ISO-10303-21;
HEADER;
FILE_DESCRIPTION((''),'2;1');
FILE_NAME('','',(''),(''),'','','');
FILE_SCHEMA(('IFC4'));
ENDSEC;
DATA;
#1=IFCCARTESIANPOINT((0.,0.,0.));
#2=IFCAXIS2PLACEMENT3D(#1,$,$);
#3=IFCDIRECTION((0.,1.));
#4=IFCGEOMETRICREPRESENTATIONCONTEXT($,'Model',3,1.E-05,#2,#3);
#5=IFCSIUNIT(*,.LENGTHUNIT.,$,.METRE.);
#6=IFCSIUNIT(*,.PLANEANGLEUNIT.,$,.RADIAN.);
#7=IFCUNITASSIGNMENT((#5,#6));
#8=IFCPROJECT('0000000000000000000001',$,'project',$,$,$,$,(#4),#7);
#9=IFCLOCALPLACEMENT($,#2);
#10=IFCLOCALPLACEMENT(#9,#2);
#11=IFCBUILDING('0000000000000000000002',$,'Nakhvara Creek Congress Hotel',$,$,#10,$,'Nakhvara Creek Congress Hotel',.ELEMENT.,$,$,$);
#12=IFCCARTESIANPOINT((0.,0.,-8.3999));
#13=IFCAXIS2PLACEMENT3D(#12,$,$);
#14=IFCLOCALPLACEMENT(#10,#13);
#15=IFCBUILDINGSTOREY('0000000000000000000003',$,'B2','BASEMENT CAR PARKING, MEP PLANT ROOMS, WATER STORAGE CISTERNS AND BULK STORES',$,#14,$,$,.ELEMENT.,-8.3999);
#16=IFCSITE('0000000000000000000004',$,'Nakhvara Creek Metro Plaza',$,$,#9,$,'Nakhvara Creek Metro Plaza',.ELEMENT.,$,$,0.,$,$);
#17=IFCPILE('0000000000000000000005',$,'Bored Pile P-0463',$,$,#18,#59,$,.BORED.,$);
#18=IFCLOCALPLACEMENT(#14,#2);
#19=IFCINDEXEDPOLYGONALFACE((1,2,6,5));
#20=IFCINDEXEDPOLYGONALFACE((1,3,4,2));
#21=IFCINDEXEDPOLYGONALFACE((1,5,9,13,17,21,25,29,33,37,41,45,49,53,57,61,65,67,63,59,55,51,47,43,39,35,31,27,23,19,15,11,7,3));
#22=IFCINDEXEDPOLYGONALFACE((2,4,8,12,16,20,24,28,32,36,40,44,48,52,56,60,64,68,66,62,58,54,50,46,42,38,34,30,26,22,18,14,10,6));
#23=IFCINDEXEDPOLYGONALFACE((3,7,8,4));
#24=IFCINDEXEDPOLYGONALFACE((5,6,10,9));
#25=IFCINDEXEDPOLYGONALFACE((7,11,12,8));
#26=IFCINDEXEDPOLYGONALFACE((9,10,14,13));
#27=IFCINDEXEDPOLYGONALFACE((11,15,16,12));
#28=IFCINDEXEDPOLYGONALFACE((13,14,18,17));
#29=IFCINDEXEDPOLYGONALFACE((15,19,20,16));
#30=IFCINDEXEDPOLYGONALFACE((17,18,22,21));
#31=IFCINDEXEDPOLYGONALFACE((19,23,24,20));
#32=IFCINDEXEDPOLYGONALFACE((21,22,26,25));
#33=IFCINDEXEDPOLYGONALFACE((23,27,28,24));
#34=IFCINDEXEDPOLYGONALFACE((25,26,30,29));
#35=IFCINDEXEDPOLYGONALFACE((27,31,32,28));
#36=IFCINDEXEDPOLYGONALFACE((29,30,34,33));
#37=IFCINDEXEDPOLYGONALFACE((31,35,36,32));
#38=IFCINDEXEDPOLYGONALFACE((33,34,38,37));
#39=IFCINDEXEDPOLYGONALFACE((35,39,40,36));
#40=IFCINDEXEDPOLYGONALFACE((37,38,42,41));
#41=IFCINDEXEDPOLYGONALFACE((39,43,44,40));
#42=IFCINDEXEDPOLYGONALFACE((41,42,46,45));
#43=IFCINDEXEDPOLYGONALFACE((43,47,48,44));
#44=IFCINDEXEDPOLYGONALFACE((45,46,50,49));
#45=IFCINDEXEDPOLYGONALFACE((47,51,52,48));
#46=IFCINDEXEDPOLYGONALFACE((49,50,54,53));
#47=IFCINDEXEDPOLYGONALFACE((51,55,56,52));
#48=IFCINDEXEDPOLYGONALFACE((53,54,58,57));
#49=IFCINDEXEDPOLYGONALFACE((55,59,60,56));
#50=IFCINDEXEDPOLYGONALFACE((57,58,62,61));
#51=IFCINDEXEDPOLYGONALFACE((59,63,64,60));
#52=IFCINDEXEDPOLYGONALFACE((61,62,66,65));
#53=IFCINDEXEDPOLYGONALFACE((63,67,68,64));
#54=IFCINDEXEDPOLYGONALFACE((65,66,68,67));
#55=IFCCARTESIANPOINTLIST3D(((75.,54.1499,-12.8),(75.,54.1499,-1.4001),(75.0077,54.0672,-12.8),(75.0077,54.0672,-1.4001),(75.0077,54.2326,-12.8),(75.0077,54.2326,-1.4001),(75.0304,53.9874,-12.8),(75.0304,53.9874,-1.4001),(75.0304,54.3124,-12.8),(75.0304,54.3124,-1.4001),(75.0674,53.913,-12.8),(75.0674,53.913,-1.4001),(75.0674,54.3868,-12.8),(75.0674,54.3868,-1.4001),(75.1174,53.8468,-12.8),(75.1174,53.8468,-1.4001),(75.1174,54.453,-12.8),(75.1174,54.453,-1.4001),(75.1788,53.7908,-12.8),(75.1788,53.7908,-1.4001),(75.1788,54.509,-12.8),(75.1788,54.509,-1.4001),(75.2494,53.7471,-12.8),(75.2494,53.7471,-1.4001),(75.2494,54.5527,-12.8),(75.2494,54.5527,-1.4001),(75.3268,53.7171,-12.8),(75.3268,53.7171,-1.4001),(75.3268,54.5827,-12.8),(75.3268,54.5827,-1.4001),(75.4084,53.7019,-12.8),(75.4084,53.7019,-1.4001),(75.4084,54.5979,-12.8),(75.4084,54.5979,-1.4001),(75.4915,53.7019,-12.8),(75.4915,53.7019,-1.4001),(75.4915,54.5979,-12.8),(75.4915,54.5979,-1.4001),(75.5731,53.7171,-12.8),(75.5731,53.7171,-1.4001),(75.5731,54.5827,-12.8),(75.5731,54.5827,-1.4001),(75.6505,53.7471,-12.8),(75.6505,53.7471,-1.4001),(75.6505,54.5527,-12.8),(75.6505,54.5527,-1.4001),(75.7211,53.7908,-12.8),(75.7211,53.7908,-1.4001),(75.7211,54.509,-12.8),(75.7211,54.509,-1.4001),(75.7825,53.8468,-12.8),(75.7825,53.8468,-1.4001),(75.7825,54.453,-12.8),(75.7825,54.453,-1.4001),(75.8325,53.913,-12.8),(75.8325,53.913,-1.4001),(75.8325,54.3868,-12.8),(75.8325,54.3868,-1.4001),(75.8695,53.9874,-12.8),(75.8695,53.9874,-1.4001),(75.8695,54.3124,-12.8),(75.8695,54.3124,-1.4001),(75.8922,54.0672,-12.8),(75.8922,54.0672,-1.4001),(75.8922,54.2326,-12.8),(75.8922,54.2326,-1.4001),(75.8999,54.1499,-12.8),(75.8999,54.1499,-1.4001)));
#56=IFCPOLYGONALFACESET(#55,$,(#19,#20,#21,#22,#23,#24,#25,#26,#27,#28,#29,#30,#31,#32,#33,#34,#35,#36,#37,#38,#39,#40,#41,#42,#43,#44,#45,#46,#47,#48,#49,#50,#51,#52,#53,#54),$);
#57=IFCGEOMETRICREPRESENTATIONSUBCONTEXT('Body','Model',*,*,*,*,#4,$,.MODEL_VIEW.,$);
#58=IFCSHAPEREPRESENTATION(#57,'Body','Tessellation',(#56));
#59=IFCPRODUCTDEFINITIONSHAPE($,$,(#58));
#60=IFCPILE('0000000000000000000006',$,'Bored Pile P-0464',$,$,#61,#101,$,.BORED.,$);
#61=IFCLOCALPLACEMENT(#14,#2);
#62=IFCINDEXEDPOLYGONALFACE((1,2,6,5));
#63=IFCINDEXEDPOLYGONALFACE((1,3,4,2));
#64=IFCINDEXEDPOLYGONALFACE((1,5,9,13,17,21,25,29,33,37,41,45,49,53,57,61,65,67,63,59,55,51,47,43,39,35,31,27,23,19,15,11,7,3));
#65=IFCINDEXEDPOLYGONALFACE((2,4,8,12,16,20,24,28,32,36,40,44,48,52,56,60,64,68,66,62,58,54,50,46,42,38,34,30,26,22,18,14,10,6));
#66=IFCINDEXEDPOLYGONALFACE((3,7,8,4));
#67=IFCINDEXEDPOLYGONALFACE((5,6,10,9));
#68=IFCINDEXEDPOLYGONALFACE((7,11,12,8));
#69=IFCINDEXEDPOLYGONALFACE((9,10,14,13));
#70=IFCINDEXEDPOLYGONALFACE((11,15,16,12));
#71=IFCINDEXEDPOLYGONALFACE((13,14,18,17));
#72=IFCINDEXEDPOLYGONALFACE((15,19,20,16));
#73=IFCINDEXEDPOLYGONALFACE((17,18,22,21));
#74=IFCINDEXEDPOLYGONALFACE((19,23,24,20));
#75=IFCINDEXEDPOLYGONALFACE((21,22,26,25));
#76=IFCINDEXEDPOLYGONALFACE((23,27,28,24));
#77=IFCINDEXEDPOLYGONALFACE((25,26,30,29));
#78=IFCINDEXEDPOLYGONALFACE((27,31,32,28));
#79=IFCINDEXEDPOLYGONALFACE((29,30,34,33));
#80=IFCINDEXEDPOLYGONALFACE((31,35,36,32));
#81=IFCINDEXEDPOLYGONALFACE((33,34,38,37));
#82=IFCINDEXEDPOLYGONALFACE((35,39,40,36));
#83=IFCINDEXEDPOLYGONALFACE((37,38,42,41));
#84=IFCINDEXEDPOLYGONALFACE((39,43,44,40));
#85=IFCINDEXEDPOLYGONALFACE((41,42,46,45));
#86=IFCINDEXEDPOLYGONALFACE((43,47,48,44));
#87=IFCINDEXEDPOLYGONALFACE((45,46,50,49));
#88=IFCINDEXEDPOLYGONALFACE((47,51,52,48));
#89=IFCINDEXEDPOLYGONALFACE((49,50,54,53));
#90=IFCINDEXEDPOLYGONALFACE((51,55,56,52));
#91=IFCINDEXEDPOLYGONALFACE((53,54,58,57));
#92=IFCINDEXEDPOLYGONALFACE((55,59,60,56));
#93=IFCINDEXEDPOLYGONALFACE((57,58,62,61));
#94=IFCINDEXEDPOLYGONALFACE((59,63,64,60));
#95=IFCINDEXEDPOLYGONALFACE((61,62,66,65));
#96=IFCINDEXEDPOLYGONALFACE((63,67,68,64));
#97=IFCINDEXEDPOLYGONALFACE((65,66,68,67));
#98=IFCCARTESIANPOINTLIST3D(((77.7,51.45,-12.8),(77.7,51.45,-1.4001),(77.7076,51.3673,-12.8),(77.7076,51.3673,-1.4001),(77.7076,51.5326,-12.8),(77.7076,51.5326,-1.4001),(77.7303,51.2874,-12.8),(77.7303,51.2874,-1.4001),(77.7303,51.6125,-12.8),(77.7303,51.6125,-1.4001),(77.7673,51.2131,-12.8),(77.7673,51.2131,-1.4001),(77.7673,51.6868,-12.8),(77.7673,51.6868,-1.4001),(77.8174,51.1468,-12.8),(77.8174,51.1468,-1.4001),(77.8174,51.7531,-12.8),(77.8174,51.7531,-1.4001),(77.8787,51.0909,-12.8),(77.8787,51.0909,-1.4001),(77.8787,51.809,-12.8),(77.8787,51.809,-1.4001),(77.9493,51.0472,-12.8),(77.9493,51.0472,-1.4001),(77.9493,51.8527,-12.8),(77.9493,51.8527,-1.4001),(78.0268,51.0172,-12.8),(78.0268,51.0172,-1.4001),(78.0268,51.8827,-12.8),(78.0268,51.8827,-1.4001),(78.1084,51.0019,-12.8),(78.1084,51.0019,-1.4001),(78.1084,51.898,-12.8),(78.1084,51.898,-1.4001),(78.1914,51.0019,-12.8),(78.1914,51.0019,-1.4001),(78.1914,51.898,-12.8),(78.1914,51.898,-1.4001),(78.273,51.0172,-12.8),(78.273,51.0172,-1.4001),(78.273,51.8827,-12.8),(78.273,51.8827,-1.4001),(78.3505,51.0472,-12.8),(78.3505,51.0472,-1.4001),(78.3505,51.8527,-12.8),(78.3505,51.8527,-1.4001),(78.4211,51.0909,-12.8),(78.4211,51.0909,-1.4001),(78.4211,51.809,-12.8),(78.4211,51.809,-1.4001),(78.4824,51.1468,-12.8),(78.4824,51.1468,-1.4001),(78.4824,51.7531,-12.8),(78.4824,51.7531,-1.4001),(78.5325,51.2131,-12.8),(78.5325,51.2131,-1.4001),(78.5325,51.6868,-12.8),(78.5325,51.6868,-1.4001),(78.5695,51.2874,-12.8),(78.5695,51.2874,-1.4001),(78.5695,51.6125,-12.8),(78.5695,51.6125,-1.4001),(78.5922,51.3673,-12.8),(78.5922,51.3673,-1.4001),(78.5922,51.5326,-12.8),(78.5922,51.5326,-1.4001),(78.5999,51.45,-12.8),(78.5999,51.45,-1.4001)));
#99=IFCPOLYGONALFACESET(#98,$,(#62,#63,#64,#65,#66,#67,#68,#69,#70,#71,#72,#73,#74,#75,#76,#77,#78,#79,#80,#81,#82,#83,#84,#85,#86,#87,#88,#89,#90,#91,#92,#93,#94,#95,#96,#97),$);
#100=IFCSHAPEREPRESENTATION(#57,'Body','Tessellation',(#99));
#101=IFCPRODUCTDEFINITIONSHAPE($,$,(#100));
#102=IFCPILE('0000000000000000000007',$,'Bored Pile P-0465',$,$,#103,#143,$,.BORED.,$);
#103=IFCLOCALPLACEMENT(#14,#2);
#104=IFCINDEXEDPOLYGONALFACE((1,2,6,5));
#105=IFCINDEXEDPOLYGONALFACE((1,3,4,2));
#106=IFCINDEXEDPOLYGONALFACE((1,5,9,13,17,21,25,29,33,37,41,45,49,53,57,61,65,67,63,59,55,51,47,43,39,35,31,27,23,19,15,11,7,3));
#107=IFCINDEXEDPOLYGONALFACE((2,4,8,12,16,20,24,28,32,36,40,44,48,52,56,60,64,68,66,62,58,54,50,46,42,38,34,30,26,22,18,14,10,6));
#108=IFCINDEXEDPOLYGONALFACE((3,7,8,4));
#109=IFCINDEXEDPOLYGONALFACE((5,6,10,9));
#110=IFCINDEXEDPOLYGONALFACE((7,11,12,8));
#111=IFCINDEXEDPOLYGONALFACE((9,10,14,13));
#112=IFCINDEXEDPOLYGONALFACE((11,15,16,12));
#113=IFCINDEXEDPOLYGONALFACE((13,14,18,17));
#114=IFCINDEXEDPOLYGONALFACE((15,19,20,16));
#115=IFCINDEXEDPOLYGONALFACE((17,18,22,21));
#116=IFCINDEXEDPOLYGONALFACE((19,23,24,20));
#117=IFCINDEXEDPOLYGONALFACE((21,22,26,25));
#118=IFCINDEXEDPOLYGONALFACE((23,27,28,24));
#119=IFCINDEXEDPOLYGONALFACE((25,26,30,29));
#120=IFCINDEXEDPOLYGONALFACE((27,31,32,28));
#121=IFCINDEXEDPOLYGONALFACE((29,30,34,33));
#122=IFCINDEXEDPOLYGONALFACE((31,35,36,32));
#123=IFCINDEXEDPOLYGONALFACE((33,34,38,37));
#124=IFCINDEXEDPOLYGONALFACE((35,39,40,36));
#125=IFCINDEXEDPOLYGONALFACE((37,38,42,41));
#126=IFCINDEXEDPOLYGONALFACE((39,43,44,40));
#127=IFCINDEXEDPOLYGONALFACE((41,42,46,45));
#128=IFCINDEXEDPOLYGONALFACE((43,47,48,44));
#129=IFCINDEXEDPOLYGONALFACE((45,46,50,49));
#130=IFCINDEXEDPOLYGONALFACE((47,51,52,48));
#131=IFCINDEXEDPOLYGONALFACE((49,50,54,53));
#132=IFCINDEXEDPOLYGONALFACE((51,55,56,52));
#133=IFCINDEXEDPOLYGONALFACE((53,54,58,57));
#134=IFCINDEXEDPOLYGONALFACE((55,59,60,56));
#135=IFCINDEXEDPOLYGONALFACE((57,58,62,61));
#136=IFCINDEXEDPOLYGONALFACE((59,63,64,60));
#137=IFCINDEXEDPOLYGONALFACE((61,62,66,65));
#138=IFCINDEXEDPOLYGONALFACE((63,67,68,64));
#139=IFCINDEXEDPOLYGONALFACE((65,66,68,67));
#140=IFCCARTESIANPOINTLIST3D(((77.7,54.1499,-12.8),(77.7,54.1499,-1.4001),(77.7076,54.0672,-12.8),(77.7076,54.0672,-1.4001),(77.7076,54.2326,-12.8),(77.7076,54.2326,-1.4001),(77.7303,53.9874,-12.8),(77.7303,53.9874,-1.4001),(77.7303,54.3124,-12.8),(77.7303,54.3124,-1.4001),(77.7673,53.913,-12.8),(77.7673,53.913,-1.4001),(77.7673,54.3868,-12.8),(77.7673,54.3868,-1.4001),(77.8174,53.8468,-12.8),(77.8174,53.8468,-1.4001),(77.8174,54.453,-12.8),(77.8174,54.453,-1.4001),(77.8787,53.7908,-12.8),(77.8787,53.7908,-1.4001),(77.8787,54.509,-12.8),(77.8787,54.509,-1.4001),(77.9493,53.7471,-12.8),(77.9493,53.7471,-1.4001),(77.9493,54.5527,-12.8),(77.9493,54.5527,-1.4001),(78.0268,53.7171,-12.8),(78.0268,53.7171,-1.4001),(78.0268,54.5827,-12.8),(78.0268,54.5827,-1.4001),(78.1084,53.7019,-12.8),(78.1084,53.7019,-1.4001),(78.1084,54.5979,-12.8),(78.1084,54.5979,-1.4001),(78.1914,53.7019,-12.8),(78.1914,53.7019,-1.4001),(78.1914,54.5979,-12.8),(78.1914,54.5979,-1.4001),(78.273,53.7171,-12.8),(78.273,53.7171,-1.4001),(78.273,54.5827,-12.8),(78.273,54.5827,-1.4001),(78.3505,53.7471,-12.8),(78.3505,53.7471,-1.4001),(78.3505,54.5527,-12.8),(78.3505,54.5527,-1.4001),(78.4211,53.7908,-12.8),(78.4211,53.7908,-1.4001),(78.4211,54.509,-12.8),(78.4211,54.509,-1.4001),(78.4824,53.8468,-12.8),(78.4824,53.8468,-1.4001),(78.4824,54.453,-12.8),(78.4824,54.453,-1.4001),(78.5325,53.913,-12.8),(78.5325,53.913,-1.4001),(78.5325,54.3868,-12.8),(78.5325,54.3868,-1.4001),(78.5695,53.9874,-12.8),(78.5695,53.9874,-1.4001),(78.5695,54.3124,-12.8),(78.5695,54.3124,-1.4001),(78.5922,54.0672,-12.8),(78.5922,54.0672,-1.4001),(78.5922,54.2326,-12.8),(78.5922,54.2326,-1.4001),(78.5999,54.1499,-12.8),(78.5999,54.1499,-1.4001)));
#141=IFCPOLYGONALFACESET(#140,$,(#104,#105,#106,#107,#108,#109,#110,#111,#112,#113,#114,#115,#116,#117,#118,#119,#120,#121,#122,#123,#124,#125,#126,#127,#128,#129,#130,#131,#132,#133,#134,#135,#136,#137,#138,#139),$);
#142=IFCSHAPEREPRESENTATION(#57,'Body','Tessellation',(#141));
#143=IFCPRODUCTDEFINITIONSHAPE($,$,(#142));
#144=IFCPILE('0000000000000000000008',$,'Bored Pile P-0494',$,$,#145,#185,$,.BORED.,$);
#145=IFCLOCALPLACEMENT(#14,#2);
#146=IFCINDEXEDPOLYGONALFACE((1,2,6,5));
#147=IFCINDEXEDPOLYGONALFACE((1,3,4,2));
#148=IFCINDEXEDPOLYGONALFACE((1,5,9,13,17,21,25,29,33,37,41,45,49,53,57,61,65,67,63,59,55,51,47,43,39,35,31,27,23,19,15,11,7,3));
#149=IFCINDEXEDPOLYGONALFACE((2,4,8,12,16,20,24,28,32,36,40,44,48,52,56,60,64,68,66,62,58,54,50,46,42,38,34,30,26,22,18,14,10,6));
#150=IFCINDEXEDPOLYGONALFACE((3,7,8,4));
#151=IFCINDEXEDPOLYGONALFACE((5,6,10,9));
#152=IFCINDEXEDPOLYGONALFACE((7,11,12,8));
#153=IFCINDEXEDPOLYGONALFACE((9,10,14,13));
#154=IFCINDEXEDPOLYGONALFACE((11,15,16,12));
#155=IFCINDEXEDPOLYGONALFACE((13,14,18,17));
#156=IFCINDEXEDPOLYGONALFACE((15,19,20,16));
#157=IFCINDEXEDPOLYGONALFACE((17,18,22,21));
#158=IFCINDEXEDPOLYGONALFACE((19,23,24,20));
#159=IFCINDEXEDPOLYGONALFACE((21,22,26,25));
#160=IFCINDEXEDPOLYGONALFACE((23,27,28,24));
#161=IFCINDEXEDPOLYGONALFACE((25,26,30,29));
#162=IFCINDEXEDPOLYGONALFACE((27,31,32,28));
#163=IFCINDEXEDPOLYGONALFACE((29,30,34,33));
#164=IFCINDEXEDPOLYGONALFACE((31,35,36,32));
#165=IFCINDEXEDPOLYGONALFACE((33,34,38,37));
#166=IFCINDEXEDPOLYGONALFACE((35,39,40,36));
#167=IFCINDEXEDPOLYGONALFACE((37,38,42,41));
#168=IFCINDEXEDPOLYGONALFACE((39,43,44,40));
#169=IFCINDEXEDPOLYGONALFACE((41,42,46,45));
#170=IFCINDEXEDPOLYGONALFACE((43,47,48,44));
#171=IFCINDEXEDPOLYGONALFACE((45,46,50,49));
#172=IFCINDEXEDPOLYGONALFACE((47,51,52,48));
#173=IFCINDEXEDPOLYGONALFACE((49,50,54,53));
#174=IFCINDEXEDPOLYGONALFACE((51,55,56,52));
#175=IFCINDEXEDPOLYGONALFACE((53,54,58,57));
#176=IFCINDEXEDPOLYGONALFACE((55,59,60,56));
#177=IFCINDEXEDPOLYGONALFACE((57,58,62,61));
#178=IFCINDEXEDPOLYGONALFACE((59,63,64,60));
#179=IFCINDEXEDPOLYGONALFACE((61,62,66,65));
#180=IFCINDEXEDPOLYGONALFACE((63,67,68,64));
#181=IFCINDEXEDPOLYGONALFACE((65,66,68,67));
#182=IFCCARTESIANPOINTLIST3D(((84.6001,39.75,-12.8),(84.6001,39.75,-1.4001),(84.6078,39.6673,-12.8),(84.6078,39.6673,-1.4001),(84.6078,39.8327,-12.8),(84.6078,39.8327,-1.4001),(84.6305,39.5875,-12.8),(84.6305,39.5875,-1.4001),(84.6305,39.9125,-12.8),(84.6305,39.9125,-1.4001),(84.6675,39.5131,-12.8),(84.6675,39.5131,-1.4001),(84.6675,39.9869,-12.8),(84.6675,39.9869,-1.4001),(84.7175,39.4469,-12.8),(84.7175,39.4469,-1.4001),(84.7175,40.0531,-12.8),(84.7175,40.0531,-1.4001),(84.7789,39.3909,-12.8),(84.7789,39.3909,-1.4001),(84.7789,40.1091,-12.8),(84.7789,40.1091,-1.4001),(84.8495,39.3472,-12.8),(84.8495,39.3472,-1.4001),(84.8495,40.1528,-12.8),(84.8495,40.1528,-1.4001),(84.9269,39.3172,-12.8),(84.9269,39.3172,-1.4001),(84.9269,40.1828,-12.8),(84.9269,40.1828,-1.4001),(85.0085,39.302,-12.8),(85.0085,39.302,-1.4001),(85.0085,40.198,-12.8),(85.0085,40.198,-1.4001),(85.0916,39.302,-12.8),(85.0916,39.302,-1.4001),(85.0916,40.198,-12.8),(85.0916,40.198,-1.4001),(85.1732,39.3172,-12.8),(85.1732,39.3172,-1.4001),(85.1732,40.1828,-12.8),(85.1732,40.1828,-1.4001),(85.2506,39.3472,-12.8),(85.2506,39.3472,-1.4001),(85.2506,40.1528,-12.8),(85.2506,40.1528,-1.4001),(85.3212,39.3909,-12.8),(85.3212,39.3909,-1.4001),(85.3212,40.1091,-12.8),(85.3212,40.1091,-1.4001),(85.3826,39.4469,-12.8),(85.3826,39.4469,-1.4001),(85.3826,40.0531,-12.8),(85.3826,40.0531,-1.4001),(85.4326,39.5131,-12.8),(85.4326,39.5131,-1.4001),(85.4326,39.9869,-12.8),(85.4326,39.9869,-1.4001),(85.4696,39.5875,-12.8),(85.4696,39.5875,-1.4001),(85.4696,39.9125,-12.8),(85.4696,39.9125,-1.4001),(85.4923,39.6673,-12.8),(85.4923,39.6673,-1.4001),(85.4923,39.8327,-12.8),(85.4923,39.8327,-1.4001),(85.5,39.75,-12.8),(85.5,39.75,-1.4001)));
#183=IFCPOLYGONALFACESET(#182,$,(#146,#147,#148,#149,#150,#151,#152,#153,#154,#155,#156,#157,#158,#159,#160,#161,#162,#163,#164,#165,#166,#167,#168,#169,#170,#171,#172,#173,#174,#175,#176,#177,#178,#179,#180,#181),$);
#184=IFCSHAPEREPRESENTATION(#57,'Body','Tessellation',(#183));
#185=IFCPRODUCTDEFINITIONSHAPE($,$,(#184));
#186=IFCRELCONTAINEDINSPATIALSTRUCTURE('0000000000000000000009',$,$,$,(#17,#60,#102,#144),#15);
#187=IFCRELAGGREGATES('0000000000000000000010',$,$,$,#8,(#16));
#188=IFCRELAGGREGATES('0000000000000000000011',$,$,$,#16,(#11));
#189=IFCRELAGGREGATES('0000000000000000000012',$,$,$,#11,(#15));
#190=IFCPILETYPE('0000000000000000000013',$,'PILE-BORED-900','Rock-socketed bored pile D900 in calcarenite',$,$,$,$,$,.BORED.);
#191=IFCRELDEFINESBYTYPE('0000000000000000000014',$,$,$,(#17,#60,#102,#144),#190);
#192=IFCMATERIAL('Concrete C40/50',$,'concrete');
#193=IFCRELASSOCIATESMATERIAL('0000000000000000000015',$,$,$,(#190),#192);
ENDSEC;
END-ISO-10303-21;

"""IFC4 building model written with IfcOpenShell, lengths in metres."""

from ifc_helpers import new_model, si_unit, direction, frame, origin, origin_2d, place, context, subcontext, project, spatial, circle, extrude, material, material_profile, profile_set, type_object, element, save


model = new_model("IFC4")

# Units and contexts
model_context = context("Model", 3, precision=1e-05, world=origin(), true_north=direction((0.0, 1.0)))
body_context = subcontext(model_context, "Body", "Model", "MODEL_VIEW")
ifc_project = project(units=[si_unit("LENGTHUNIT", "METRE"), si_unit("PLANEANGLEUNIT", "RADIAN")], contexts=[model_context])

# Site, building, storey
site_placement = place(None, origin())
site = spatial("IfcSite", under=ifc_project, at=site_placement, Name="Nakhvara Creek Metro Plaza", LongName="Nakhvara Creek Metro Plaza", CompositionType="ELEMENT", RefElevation=0.0)
building_placement = place(site_placement, origin())
building = spatial("IfcBuilding", under=site, at=building_placement, Name="Nakhvara Creek Congress Hotel", LongName="Nakhvara Creek Congress Hotel", CompositionType="ELEMENT")
storey_placement = place(building_placement, frame((0.0, 0.0, -8.3999)))
storey = spatial("IfcBuildingStorey", under=building, at=storey_placement, Name="B2", Description="BASEMENT CAR PARKING, MEP PLANT ROOMS, WATER STORAGE CISTERNS AND BULK STORES", CompositionType="ELEMENT", Elevation=-8.3999)

# Shared definitions
ifc_material_1 = material(Name="Concrete C40/50", Category="concrete")

# Piles
ifc_material_profile_1 = material_profile(ifc_material_1, circle(Radius=0.45, at=origin_2d()), Name="BORED PILE D900", Category="LoadBearing")
ifc_profile_set_1 = profile_set([ifc_material_profile_1], Name="Concrete C40/50")
pile_type = type_object("IfcPileType", Name="PILE-BORED-900", Description="Rock-socketed bored pile D900 in calcarenite", PredefinedType="BORED", material=ifc_profile_set_1)
for number, where, z_axis, x_axis, name in (
    (1, (75.45, 54.1499, -1.4001), (0.0, 0.0, -1.0), (1.0, 0.0, 0.0), "Bored Pile P-0463"),
    (2, (78.1499, 51.45, -1.4001), (0.0, 0.0, -1.0), (1.0, 0.0, 0.0), "Bored Pile P-0464"),
    (3, (78.1499, 54.1499, -1.4001), (0.0, 0.0, -1.0), (1.0, 0.0, 0.0), "Bored Pile P-0465"),
    (4, (85.05, 39.75, -1.4001), (0.0, 0.0, -1.0), (1.0, 0.0, 0.0), "Bored Pile P-0494"),
):
    element("IfcPile", number, at=place(storey_placement, frame(where, z_axis=z_axis, x_axis=x_axis)), inside=storey, type_object=pile_type, Name=name, PredefinedType="BORED", context=body_context, shape_type="SweptSolid", body=[
        extrude(circle(Radius=0.45, at=origin_2d()), origin(), (0.0, 0.0, 1.0), 11.3999),
    ])

save(model, "model.ifc")
